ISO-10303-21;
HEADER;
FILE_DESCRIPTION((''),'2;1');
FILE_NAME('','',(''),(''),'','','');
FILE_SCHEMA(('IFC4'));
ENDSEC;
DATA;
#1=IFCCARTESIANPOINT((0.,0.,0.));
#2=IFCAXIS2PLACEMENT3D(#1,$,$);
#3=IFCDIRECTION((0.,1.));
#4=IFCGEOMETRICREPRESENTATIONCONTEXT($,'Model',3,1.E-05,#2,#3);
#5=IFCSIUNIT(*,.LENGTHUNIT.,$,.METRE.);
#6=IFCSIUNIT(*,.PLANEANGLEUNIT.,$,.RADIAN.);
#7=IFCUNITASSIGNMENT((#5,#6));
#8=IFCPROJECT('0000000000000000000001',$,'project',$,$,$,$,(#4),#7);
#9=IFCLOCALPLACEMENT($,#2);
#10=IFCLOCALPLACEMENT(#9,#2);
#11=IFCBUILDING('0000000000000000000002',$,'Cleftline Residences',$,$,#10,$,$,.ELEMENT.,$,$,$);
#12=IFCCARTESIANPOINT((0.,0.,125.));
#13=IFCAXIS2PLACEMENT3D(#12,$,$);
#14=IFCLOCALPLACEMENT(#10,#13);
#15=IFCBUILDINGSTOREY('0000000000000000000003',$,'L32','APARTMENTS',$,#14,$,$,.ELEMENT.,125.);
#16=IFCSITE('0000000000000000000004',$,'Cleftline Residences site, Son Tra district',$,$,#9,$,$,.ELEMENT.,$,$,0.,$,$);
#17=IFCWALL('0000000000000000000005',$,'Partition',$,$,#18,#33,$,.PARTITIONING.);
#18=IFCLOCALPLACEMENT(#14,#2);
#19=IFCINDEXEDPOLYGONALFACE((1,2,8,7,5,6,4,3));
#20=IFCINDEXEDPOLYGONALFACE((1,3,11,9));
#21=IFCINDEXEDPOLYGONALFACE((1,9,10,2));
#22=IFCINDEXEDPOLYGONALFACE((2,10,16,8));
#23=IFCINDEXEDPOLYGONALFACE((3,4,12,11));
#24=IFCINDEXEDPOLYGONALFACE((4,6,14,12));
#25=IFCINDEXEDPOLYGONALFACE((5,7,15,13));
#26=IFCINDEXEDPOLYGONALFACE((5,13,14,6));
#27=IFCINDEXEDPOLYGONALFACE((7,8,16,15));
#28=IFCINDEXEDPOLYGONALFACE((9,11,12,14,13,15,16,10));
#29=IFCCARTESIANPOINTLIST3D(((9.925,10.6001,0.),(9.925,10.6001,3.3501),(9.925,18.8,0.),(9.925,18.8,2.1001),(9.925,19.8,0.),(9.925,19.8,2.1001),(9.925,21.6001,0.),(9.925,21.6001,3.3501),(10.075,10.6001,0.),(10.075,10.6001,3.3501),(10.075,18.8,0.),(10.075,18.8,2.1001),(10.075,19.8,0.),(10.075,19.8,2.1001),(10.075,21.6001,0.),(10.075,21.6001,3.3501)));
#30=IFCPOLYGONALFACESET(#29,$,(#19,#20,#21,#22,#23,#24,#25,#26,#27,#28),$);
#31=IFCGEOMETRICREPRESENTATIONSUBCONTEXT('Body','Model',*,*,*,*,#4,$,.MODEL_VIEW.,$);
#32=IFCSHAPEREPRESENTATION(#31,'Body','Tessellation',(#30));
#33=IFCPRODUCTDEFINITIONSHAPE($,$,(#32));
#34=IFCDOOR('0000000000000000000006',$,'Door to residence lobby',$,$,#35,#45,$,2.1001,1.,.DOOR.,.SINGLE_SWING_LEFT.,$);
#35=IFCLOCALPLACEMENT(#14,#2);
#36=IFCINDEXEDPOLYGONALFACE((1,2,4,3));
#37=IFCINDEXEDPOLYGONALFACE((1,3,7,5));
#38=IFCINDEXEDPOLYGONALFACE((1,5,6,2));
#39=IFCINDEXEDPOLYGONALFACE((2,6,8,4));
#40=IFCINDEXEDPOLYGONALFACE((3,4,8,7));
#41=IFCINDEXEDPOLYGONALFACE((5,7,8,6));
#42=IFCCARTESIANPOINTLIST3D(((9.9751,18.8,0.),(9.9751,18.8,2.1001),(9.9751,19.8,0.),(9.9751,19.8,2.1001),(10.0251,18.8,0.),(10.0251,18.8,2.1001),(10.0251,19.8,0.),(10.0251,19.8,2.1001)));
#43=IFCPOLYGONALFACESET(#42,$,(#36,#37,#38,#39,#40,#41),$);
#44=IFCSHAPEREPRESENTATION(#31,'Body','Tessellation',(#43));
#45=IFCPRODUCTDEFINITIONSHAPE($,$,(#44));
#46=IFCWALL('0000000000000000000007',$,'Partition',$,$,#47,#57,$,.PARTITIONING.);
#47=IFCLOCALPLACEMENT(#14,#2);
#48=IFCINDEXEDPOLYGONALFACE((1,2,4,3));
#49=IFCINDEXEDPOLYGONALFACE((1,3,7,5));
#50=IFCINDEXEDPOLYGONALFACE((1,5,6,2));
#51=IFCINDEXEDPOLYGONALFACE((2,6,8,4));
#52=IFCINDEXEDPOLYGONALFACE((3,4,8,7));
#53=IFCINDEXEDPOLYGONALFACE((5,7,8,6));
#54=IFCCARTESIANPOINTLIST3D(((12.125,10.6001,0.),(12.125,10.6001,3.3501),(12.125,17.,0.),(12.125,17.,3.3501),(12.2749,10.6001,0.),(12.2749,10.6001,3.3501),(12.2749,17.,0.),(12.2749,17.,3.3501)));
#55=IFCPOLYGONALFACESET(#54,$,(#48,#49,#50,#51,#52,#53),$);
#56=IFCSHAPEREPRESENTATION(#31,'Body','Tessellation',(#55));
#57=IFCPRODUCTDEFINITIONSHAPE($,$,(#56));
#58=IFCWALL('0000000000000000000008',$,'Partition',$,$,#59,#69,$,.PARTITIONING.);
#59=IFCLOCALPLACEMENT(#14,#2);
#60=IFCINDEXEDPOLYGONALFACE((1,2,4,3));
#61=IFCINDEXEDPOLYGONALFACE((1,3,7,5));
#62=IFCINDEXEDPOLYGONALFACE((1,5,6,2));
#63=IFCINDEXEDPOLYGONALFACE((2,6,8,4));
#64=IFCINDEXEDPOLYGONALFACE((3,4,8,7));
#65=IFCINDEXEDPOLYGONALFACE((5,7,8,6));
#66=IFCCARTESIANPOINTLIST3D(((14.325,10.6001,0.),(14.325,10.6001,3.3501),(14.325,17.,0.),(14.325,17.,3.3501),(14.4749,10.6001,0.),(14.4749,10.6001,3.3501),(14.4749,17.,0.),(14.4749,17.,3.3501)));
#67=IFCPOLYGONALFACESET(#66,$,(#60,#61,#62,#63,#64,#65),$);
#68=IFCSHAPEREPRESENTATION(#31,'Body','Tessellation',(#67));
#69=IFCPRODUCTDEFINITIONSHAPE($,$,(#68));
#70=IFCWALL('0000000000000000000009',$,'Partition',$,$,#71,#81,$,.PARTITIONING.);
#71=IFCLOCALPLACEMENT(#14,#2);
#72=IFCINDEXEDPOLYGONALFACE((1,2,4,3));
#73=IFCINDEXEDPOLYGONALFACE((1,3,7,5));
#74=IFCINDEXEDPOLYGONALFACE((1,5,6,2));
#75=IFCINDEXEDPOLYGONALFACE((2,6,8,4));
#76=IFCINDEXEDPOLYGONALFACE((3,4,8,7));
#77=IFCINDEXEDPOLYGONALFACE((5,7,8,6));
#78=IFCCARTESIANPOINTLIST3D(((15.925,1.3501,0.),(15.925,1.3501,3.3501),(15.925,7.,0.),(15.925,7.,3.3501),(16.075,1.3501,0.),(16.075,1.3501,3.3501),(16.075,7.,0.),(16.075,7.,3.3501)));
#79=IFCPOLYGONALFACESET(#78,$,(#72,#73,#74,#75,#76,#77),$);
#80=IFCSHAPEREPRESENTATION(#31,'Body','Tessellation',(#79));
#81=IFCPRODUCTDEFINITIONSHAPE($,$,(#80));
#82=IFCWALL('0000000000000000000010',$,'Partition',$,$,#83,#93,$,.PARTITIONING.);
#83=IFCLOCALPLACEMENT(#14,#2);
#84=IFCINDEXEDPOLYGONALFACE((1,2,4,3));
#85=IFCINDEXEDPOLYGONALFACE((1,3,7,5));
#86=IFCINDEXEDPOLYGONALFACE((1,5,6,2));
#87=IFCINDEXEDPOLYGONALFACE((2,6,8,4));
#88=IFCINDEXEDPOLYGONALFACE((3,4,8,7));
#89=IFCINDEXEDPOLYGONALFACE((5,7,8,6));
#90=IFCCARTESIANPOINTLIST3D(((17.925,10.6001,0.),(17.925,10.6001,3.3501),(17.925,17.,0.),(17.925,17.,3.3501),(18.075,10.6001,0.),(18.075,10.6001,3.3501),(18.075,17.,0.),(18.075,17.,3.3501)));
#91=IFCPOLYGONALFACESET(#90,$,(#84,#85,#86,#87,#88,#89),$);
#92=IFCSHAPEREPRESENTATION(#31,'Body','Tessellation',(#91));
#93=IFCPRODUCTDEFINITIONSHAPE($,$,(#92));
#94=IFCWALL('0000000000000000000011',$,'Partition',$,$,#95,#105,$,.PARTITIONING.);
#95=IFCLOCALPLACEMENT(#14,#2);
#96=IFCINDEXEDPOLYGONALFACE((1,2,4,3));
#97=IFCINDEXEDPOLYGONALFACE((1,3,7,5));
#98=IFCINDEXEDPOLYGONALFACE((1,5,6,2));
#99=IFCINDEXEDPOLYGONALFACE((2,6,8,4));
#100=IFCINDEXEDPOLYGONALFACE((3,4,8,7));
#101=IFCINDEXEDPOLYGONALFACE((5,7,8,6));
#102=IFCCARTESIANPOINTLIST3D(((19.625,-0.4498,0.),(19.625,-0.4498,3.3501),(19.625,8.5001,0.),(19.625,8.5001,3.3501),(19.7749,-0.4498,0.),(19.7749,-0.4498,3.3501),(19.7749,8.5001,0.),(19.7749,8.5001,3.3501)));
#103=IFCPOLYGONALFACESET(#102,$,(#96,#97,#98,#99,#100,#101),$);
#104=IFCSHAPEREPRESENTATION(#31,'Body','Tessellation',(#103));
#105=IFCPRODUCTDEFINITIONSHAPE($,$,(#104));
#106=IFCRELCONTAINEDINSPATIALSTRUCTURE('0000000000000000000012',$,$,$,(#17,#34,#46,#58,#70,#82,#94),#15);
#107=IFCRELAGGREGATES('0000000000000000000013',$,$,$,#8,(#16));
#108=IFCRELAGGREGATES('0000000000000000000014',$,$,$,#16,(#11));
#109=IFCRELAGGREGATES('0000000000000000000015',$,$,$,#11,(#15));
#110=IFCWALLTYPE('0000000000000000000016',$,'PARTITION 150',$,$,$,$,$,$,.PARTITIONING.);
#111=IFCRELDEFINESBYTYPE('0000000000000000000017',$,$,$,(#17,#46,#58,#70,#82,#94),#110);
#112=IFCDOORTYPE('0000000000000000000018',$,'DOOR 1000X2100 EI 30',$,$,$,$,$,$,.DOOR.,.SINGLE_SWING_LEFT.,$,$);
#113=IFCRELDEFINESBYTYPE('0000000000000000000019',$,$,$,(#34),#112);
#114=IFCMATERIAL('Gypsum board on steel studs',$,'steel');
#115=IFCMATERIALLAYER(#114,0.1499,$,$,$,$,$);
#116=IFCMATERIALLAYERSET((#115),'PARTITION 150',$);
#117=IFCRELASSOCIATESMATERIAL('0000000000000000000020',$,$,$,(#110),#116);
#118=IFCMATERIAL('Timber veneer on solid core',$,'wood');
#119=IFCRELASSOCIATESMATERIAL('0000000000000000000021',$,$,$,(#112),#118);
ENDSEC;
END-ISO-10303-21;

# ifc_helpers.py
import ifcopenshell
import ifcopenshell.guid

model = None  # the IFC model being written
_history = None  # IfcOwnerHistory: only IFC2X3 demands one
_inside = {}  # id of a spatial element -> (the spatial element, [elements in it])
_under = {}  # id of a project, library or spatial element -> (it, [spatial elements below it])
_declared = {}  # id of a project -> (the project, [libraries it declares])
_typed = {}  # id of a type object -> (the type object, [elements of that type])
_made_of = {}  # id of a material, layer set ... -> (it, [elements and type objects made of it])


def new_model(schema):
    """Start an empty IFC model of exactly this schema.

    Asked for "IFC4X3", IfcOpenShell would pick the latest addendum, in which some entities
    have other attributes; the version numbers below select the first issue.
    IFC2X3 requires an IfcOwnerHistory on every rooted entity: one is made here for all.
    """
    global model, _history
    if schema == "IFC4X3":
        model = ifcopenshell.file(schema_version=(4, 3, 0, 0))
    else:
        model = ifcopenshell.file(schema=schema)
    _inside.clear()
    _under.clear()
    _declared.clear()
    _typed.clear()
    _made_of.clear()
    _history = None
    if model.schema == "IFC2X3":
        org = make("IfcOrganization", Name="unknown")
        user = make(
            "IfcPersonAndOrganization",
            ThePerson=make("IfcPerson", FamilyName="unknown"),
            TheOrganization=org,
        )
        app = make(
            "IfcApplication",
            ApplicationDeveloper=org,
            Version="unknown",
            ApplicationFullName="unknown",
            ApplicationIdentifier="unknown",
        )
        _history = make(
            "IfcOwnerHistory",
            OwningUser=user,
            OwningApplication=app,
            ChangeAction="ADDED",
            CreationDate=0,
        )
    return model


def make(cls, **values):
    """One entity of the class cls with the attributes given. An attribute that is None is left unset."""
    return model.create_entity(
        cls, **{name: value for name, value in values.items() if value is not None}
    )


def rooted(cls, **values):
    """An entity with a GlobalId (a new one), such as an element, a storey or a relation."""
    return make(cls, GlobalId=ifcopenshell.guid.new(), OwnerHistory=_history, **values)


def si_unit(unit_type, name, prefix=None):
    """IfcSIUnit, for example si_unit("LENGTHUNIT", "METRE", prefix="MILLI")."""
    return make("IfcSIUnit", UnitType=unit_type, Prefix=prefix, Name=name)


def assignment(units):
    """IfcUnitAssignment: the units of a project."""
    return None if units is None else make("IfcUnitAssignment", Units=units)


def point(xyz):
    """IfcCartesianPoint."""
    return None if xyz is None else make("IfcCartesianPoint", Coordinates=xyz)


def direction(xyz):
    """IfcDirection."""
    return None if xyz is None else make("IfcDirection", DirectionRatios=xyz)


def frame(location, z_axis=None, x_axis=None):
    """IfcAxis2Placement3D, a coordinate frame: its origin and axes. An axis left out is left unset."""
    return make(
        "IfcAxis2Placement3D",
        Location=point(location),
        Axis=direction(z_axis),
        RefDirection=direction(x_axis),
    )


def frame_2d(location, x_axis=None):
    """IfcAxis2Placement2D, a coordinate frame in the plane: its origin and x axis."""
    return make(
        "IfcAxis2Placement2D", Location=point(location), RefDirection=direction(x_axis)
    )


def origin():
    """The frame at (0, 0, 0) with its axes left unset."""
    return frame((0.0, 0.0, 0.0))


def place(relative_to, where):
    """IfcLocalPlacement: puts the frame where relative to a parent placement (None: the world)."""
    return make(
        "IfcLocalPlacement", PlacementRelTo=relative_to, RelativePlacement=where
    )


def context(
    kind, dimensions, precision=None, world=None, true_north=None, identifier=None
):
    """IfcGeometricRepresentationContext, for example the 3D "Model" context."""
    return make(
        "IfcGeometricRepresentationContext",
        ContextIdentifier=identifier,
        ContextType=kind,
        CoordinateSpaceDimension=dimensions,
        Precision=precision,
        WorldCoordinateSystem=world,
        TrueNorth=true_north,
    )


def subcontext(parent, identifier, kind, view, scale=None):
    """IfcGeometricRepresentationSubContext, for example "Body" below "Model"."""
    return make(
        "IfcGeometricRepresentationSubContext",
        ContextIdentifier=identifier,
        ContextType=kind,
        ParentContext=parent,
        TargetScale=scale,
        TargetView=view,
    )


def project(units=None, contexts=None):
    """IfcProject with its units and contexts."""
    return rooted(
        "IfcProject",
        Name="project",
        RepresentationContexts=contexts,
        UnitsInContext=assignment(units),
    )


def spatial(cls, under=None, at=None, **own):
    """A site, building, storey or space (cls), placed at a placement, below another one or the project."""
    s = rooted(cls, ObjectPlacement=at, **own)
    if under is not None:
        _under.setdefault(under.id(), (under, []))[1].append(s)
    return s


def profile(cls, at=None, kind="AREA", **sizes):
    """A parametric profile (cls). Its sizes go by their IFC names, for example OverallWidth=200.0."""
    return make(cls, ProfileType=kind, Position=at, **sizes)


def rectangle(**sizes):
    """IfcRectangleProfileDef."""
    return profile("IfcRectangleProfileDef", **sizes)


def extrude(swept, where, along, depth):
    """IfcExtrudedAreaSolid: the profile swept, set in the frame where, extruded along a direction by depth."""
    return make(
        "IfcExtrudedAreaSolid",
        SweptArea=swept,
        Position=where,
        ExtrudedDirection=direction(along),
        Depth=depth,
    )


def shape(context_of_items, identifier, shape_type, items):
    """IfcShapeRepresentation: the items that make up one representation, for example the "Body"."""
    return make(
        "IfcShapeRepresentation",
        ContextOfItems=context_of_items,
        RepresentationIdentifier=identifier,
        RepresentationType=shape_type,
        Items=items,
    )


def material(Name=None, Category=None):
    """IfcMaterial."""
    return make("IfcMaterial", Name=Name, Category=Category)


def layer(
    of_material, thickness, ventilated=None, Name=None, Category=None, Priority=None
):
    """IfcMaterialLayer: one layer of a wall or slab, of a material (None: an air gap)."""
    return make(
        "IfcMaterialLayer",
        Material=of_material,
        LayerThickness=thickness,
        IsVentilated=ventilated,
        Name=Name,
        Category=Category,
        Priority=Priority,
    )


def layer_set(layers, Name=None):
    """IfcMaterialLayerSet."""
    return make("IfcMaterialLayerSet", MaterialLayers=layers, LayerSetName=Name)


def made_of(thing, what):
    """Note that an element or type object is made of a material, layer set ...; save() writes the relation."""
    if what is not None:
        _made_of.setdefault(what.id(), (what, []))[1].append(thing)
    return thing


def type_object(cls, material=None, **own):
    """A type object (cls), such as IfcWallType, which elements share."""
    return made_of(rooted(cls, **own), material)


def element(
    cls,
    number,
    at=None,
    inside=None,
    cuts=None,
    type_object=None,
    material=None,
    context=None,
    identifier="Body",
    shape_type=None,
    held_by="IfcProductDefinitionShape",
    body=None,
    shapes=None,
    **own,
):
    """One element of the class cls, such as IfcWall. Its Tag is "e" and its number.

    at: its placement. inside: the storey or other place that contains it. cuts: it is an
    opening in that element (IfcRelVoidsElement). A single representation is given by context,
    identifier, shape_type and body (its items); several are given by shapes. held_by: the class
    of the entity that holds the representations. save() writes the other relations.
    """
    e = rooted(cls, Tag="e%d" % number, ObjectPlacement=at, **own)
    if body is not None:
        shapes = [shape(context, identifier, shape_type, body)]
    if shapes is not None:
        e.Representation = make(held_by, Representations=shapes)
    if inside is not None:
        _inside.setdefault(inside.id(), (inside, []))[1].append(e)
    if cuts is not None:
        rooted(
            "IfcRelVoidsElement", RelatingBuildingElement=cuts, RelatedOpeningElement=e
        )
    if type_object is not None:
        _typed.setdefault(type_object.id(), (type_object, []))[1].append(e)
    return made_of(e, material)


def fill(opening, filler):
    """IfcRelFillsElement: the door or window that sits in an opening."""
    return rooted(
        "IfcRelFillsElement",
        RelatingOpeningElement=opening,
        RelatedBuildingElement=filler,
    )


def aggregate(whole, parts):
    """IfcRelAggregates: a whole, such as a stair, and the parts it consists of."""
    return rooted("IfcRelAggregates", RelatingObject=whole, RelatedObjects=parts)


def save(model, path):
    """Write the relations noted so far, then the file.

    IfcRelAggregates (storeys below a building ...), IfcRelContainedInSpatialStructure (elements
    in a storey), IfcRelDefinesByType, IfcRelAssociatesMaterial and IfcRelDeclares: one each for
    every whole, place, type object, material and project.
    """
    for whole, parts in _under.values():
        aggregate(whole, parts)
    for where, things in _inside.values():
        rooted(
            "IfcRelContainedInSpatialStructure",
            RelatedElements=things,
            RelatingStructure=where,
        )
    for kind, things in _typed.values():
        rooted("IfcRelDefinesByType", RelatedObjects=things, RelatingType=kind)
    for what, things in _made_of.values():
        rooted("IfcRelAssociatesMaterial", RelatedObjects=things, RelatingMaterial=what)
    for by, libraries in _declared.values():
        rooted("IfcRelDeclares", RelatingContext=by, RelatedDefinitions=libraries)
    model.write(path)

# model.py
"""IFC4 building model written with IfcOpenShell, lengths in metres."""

from ifc_helpers import new_model, si_unit, direction, frame, frame_2d, origin, place, context, subcontext, project, spatial, rectangle, extrude, material, layer, layer_set, type_object, element, fill, save


model = new_model("IFC4")

# Units and contexts
model_context = context("Model", 3, precision=1e-05, world=origin(), true_north=direction((0.0, 1.0)))
body_context = subcontext(model_context, "Body", "Model", "MODEL_VIEW")
ifc_project = project(units=[si_unit("LENGTHUNIT", "METRE"), si_unit("PLANEANGLEUNIT", "RADIAN")], contexts=[model_context])

# Site, building, storey
site_placement = place(None, origin())
site = spatial("IfcSite", under=ifc_project, at=site_placement, Name="Cleftline Residences site, Son Tra district", CompositionType="ELEMENT", RefElevation=0.0)
building_placement = place(site_placement, origin())
building = spatial("IfcBuilding", under=site, at=building_placement, Name="Cleftline Residences", CompositionType="ELEMENT")
storey_placement = place(building_placement, frame((0.0, 0.0, 125.0)))
storey = spatial("IfcBuildingStorey", under=building, at=storey_placement, Name="L32", Description="APARTMENTS", CompositionType="ELEMENT", Elevation=125.0)

# Shared definitions
ifc_material_1 = material(Name="Gypsum board on steel studs", Category="steel")
ifc_layer_1 = layer(ifc_material_1, 0.1499)
ifc_layer_set_1 = layer_set([ifc_layer_1], Name="PARTITION 150")
wall_type = type_object("IfcWallType", Name="PARTITION 150", PredefinedType="PARTITIONING", material=ifc_layer_set_1)

# Wall, opening, door
wall_1_placement = place(storey_placement, frame((10.0, 10.6001, 0.0), z_axis=(0.0, 0.0, 1.0), x_axis=(0.0, 1.0, 0.0)))
wall_1 = element("IfcWall", 1, at=wall_1_placement, inside=storey, type_object=wall_type, Name="Partition", PredefinedType="PARTITIONING", context=body_context, shape_type="SweptSolid", body=[
    extrude(rectangle(XDim=11.0, YDim=0.1499, at=frame_2d((5.5, 0.0))), origin(), (0.0, 0.0, 1.0), 3.3501),
])
opening_1_placement = place(wall_1_placement, frame((8.2, 0.0, 0.0)))
opening_1 = element("IfcOpeningElement", 2, at=opening_1_placement, cuts=wall_1, PredefinedType="OPENING", context=body_context, shape_type="SweptSolid", body=[
    extrude(rectangle(XDim=1.0, YDim=2.1001, at=frame_2d((0.5, 1.05))), frame((0.0, 0.085, 0.0), z_axis=(0.0, -1.0, 0.0), x_axis=(1.0, 0.0, 0.0)), (0.0, 0.0, 1.0), 0.1699),
])
ifc_material_2 = material(Name="Timber veneer on solid core", Category="wood")
door_type_1 = type_object("IfcDoorType", Name="DOOR 1000X2100 EI 30", OperationType="SINGLE_SWING_LEFT", PredefinedType="DOOR", material=ifc_material_2)
door_1_placement = place(opening_1_placement, origin())
door_1 = element("IfcDoor", 3, at=door_1_placement, inside=storey, type_object=door_type_1, Name="Door to residence lobby", OperationType="SINGLE_SWING_LEFT", OverallHeight=2.1001, OverallWidth=1.0, PredefinedType="DOOR", context=body_context, shape_type="SweptSolid", body=[
    extrude(rectangle(XDim=1.0, YDim=2.1001, at=frame_2d((0.5, 1.05))), frame((0.0, 0.0249, 0.0), z_axis=(0.0, -1.0, 0.0), x_axis=(1.0, 0.0, 0.0)), (0.0, 0.0, 1.0), 0.05),
])
fill(opening_1, door_1)

# Walls
for number, where, z_axis, x_axis, name in (
    (4, (12.2, 10.6001, 0.0), (0.0, 0.0, 1.0), (0.0, 1.0, 0.0), "Partition"),
    (5, (14.3999, 10.6001, 0.0), (0.0, 0.0, 1.0), (0.0, 1.0, 0.0), "Partition"),
):
    element("IfcWall", number, at=place(storey_placement, frame(where, z_axis=z_axis, x_axis=x_axis)), inside=storey, type_object=wall_type, Name=name, PredefinedType="PARTITIONING", context=body_context, shape_type="SweptSolid", body=[
        extrude(rectangle(XDim=6.3999, YDim=0.1499, at=frame_2d((3.2, 0.0))), origin(), (0.0, 0.0, 1.0), 3.3501),
    ])
wall_2_placement = place(storey_placement, frame((16.0, 1.3501, 0.0), z_axis=(0.0, 0.0, 1.0), x_axis=(0.0, 1.0, 0.0)))
element("IfcWall", 6, at=wall_2_placement, inside=storey, type_object=wall_type, Name="Partition", PredefinedType="PARTITIONING", context=body_context, shape_type="SweptSolid", body=[
    extrude(rectangle(XDim=5.6499, YDim=0.1499, at=frame_2d((2.825, 0.0))), origin(), (0.0, 0.0, 1.0), 3.3501),
])
wall_3_placement = place(storey_placement, frame((18.0, 10.6001, 0.0), z_axis=(0.0, 0.0, 1.0), x_axis=(0.0, 1.0, 0.0)))
element("IfcWall", 7, at=wall_3_placement, inside=storey, type_object=wall_type, Name="Partition", PredefinedType="PARTITIONING", context=body_context, shape_type="SweptSolid", body=[
    extrude(rectangle(XDim=6.3999, YDim=0.1499, at=frame_2d((3.2, 0.0))), origin(), (0.0, 0.0, 1.0), 3.3501),
])
wall_4_placement = place(storey_placement, frame((19.7, -0.45, 0.0), z_axis=(0.0, 0.0, 1.0), x_axis=(0.0, 1.0, 0.0)))
element("IfcWall", 8, at=wall_4_placement, inside=storey, type_object=wall_type, Name="Partition", PredefinedType="PARTITIONING", context=body_context, shape_type="SweptSolid", body=[
    extrude(rectangle(XDim=8.95, YDim=0.1499, at=frame_2d((4.4751, 0.0))), origin(), (0.0, 0.0, 1.0), 3.3501),
])

save(model, "model.ifc")
